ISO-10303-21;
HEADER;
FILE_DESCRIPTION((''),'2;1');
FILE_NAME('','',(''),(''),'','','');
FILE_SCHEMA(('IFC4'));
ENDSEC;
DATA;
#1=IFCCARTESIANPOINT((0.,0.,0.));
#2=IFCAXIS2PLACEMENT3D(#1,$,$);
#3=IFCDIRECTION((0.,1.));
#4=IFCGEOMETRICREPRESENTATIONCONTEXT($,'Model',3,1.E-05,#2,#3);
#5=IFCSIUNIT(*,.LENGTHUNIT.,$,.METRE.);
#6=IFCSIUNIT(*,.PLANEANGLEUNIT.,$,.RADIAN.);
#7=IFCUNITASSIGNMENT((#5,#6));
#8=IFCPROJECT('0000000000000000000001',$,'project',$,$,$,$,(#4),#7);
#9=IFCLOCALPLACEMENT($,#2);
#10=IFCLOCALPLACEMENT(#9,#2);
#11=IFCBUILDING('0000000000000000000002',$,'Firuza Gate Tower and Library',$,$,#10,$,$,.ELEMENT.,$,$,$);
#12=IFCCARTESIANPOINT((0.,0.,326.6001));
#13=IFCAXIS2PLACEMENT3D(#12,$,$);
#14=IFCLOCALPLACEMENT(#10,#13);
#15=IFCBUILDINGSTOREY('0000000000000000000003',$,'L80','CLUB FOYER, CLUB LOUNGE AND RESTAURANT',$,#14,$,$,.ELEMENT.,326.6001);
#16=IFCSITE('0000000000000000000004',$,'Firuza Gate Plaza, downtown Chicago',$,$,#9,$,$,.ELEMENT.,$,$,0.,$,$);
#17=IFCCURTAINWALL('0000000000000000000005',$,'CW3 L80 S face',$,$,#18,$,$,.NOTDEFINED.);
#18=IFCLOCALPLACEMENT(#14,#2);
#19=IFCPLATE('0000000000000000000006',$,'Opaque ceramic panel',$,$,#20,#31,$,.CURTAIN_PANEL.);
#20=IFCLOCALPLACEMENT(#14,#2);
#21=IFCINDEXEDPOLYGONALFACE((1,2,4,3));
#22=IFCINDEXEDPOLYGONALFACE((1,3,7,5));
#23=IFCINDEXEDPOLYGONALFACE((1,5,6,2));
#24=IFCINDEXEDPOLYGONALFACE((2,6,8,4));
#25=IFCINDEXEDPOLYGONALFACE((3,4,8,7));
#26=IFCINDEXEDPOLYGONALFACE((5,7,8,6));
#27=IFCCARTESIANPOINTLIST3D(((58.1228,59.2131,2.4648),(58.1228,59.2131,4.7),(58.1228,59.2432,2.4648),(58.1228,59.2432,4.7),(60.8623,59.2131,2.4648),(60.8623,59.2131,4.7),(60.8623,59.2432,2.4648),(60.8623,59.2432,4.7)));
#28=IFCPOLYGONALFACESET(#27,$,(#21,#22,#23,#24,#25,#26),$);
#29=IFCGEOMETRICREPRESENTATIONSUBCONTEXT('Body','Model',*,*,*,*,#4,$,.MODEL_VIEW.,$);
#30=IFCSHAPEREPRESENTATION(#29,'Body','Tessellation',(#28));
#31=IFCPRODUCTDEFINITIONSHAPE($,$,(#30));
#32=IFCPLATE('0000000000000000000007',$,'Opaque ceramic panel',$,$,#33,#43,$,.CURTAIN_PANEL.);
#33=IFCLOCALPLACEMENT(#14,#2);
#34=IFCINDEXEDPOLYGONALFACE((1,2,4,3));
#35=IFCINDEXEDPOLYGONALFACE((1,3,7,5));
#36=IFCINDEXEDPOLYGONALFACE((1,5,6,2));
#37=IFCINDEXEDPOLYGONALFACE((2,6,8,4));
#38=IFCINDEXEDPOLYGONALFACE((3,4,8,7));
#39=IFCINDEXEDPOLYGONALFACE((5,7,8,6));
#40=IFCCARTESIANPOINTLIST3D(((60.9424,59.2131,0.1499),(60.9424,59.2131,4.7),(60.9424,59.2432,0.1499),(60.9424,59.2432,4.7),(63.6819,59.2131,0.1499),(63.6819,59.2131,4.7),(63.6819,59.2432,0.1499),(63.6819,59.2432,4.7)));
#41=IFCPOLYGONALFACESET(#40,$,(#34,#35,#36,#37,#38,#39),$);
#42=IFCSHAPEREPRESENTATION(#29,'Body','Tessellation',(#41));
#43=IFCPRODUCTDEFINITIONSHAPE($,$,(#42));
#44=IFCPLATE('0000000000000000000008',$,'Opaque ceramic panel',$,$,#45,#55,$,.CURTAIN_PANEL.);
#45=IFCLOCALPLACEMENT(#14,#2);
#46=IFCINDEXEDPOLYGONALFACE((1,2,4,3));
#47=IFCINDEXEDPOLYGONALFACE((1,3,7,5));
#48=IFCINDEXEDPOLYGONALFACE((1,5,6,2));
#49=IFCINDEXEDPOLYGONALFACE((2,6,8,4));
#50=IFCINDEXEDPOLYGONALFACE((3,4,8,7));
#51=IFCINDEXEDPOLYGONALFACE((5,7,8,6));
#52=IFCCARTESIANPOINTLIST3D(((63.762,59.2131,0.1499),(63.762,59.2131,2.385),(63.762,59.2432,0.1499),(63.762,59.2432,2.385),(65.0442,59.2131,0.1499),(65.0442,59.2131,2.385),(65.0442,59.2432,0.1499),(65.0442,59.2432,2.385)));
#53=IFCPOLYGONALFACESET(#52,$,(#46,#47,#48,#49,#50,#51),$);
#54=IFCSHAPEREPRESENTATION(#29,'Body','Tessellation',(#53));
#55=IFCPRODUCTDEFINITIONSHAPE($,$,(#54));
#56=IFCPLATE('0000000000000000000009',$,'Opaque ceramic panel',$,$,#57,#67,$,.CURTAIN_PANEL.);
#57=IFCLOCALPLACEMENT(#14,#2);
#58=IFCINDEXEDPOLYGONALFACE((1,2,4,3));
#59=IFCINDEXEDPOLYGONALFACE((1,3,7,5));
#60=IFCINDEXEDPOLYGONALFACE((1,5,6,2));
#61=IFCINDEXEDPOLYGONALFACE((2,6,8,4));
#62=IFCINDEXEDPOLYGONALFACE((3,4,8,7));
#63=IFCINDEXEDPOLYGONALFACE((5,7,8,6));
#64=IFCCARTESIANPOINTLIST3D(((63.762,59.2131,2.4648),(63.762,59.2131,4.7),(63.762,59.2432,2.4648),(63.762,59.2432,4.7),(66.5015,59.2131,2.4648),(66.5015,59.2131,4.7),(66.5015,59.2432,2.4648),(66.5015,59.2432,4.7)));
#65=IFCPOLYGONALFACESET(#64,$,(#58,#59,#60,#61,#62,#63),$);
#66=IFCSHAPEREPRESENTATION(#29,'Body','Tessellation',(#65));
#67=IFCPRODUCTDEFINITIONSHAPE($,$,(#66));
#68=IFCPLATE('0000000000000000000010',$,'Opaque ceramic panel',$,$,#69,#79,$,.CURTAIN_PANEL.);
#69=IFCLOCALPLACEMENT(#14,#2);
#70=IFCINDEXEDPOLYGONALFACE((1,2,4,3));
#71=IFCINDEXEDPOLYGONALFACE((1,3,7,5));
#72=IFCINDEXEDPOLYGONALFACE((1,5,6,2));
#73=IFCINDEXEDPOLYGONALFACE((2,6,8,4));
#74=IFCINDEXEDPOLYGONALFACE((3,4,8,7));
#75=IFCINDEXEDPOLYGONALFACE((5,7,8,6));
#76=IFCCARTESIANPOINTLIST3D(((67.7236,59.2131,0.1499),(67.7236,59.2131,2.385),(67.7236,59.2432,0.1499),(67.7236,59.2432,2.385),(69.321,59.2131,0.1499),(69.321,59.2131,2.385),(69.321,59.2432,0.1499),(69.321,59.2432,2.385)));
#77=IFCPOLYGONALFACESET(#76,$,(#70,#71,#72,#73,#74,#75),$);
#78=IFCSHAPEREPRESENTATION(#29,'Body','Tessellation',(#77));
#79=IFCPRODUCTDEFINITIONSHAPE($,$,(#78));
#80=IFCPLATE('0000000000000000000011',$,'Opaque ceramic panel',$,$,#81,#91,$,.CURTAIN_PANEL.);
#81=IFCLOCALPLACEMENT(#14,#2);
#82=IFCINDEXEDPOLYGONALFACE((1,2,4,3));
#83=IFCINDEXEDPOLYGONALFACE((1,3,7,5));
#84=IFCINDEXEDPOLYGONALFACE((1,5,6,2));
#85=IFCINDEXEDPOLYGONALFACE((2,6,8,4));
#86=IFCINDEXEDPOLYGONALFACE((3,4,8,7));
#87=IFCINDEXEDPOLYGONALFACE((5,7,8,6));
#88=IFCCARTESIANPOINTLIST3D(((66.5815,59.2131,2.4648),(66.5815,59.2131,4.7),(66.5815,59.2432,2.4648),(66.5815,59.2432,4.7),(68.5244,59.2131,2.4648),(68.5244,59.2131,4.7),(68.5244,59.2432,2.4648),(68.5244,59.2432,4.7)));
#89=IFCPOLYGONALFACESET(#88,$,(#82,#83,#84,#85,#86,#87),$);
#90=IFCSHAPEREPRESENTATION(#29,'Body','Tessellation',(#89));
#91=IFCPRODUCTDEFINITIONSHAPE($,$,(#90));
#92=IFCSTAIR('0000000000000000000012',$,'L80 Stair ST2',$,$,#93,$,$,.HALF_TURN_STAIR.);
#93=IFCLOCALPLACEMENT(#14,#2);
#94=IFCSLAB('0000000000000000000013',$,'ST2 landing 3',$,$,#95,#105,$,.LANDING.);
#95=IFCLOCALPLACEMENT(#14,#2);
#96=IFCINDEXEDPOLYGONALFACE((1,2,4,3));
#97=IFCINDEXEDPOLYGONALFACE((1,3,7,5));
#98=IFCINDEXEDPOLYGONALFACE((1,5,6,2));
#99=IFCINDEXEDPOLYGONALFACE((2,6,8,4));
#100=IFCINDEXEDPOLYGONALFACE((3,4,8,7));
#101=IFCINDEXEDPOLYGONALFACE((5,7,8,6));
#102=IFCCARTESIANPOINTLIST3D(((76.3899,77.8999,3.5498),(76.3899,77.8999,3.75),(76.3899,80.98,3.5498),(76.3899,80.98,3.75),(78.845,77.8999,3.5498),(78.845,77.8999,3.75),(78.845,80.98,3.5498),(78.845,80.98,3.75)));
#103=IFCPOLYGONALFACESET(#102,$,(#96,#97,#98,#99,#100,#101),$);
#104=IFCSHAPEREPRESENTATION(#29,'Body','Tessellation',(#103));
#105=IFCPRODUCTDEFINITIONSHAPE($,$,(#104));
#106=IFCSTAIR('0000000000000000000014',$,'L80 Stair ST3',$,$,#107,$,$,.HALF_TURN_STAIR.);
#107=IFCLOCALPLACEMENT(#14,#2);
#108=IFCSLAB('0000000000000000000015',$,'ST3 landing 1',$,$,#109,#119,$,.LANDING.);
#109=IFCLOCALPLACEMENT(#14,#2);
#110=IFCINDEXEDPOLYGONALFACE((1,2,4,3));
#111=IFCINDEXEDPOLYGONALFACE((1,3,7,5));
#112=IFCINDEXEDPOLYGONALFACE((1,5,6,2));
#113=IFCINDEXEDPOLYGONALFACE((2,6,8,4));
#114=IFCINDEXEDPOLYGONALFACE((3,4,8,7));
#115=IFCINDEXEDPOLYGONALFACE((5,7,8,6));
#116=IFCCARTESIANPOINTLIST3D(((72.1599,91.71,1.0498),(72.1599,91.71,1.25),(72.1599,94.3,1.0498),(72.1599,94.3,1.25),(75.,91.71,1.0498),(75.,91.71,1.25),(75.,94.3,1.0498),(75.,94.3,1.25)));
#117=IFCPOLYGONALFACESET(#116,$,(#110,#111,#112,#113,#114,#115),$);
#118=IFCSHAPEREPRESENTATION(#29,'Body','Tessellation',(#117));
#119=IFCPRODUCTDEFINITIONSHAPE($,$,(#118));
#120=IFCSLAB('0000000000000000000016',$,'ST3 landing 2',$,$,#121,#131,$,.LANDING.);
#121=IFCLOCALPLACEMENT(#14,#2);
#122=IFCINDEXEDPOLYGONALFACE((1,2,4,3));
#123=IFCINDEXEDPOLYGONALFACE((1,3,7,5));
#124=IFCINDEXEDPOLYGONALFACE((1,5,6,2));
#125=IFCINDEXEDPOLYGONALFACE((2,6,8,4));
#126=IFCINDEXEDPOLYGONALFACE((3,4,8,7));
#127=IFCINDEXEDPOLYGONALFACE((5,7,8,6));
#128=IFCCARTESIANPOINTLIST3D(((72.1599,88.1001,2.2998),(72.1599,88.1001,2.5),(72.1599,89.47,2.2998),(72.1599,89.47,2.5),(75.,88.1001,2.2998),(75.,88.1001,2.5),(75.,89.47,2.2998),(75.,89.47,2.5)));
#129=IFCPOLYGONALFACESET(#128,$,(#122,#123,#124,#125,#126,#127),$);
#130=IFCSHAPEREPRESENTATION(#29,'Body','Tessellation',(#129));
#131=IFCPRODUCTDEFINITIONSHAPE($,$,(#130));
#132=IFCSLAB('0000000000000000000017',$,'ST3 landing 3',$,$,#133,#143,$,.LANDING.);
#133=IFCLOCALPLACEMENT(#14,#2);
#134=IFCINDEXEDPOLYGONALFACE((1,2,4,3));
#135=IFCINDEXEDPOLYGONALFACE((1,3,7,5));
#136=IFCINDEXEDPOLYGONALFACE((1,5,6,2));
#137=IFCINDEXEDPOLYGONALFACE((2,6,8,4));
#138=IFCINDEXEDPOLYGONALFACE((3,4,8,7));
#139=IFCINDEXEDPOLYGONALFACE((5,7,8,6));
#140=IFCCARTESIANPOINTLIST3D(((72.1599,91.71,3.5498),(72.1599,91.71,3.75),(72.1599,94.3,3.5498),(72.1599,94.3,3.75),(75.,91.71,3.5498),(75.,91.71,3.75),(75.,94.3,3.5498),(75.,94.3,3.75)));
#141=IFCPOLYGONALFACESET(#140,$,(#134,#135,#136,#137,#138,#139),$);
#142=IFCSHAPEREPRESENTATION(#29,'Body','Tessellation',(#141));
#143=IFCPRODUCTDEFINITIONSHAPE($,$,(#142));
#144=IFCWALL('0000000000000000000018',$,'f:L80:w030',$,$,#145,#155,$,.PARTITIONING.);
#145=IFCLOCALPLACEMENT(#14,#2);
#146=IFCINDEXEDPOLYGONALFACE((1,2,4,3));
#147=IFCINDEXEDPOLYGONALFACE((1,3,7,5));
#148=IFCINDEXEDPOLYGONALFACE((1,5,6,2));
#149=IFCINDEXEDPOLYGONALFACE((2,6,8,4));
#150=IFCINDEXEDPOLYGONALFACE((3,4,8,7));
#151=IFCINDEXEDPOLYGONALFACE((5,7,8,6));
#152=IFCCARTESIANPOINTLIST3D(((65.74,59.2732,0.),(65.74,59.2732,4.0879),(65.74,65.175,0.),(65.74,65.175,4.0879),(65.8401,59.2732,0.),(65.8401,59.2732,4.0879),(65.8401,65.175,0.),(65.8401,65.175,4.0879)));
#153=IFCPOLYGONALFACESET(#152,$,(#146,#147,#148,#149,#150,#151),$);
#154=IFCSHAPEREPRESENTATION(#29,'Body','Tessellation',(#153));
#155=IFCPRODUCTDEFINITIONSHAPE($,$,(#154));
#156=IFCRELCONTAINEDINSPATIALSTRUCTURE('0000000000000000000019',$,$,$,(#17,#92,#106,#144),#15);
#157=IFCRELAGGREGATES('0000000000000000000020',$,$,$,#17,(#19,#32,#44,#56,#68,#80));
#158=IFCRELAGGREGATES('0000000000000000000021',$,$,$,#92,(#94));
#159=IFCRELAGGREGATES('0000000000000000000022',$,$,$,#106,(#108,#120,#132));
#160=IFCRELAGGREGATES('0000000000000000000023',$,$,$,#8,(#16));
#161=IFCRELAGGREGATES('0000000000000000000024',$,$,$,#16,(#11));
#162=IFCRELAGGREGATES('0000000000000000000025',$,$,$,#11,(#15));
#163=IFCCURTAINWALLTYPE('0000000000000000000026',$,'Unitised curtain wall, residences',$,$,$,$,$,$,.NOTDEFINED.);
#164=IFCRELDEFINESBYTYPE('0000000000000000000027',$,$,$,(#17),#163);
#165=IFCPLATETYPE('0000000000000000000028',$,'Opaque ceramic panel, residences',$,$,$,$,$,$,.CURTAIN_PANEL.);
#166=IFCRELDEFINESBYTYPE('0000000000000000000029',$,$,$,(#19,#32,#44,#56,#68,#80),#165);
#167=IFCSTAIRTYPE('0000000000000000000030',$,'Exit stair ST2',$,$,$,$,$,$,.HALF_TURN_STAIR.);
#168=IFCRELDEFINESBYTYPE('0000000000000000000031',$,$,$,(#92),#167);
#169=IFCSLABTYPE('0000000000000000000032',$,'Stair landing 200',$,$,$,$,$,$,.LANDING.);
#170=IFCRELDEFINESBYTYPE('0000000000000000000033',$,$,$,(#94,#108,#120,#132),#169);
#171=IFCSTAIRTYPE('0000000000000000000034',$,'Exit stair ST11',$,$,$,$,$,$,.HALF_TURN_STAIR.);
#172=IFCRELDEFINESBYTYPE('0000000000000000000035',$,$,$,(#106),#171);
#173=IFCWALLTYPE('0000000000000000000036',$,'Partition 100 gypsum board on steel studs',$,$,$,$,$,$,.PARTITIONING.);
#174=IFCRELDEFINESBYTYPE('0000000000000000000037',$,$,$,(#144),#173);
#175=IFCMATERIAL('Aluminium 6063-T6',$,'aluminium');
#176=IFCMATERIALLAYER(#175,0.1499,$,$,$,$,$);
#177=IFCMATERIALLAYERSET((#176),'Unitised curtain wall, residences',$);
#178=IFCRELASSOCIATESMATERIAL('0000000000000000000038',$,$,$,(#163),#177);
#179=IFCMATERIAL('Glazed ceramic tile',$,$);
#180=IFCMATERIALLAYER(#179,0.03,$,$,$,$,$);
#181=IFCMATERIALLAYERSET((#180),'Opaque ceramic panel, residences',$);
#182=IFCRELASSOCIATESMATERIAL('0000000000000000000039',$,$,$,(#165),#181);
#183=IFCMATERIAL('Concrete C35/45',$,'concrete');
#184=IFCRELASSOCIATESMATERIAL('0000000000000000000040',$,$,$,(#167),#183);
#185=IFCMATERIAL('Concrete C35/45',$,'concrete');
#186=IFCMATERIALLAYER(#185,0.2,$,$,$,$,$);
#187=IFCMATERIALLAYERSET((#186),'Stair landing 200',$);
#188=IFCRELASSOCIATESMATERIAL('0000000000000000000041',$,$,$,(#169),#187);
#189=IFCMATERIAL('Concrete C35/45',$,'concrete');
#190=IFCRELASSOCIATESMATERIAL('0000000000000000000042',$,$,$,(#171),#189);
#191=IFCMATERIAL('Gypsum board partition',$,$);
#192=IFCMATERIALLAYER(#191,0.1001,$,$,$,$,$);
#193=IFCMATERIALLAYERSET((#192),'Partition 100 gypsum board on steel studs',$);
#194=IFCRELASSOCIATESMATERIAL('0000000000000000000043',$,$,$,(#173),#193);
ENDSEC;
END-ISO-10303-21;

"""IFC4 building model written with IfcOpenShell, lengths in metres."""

from ifc_helpers import new_model, si_unit, direction, frame, frame_2d, origin, place, context, subcontext, project, spatial, polyline, rectangle, outline, extrude, material, layer, layer_set, type_object, element, aggregate, save


model = new_model("IFC4")

# Units and contexts
model_context = context("Model", 3, precision=1e-05, world=origin(), true_north=direction((0.0, 1.0)))
body_context = subcontext(model_context, "Body", "Model", "MODEL_VIEW")
ifc_project = project(units=[si_unit("LENGTHUNIT", "METRE"), si_unit("PLANEANGLEUNIT", "RADIAN")], contexts=[model_context])

# Site, building, storey
site_placement = place(None, origin())
site = spatial("IfcSite", under=ifc_project, at=site_placement, Name="Firuza Gate Plaza, downtown Chicago", CompositionType="ELEMENT", RefElevation=0.0)
building_placement = place(site_placement, origin())
building = spatial("IfcBuilding", under=site, at=building_placement, Name="Firuza Gate Tower and Library", CompositionType="ELEMENT")
storey_placement = place(building_placement, frame((0.0, 0.0, 326.6001)))
storey = spatial("IfcBuildingStorey", under=building, at=storey_placement, Name="L80", Description="CLUB FOYER, CLUB LOUNGE AND RESTAURANT", CompositionType="ELEMENT", Elevation=326.6001)

# Curtain wall, plates
ifc_material_1 = material(Name="Aluminium 6063-T6", Category="aluminium")
ifc_layer_1 = layer(ifc_material_1, 0.1499)
ifc_layer_set_1 = layer_set([ifc_layer_1], Name="Unitised curtain wall, residences")
curtain_wall_type = type_object("IfcCurtainWallType", Name="Unitised curtain wall, residences", PredefinedType="NOTDEFINED", material=ifc_layer_set_1)
placement_1 = place(storey_placement, origin())
curtain_wall = element("IfcCurtainWall", 1, at=placement_1, inside=storey, type_object=curtain_wall_type, Name="CW3 L80 S face", PredefinedType="NOTDEFINED")
ifc_material_2 = material(Name="Glazed ceramic tile")
ifc_layer_2 = layer(ifc_material_2, 0.03)
ifc_layer_set_2 = layer_set([ifc_layer_2], Name="Opaque ceramic panel, residences")
plate_type_1 = type_object("IfcPlateType", Name="Opaque ceramic panel, residences", PredefinedType="CURTAIN_PANEL", material=ifc_layer_set_2)
plate_1_placement = place(storey_placement, frame((58.1228, 59.2131, 2.4648), z_axis=(0.0, -1.0, 0.0), x_axis=(1.0, 0.0, 0.0)))
plate_1 = element("IfcPlate", 2, at=plate_1_placement, type_object=plate_type_1, Name="Opaque ceramic panel", PredefinedType="CURTAIN_PANEL", context=body_context, shape_type="SweptSolid", body=[
    extrude(outline(polyline([(0.0, 0.0), (2.7395, 0.0), (2.7395, 2.2351), (0.0, 2.2351), (0.0, 0.0)])), origin(), (0.0, 0.0, -1.0), 0.03),
])
plate_2_placement = place(storey_placement, frame((60.9424, 59.2131, 0.1499), z_axis=(0.0, -1.0, 0.0), x_axis=(1.0, 0.0, 0.0)))
plate_2 = element("IfcPlate", 3, at=plate_2_placement, type_object=plate_type_1, Name="Opaque ceramic panel", PredefinedType="CURTAIN_PANEL", context=body_context, shape_type="SweptSolid", body=[
    extrude(outline(polyline([(0.0, 0.0), (2.7395, 0.0), (2.7395, 4.55), (0.0, 4.55), (0.0, 0.0)])), origin(), (0.0, 0.0, -1.0), 0.03),
])
plate_3_placement = place(storey_placement, frame((63.762, 59.2131, 0.1499), z_axis=(0.0, -1.0, 0.0), x_axis=(1.0, 0.0, 0.0)))
plate_3 = element("IfcPlate", 4, at=plate_3_placement, type_object=plate_type_1, Name="Opaque ceramic panel", PredefinedType="CURTAIN_PANEL", context=body_context, shape_type="SweptSolid", body=[
    extrude(outline(polyline([(0.0, 0.0), (1.2822, 0.0), (1.2822, 2.2351), (0.0, 2.2351), (0.0, 0.0)])), origin(), (0.0, 0.0, -1.0), 0.03),
])
plate_4_placement = place(storey_placement, frame((63.762, 59.2131, 2.4648), z_axis=(0.0, -1.0, 0.0), x_axis=(1.0, 0.0, 0.0)))
plate_4 = element("IfcPlate", 5, at=plate_4_placement, type_object=plate_type_1, Name="Opaque ceramic panel", PredefinedType="CURTAIN_PANEL", context=body_context, shape_type="SweptSolid", body=[
    extrude(outline(polyline([(0.0, 0.0), (2.7395, 0.0), (2.7395, 2.2351), (0.0, 2.2351), (0.0, 0.0)])), origin(), (0.0, 0.0, -1.0), 0.03),
])
plate_5_placement = place(storey_placement, frame((67.7236, 59.2131, 0.1499), z_axis=(0.0, -1.0, 0.0), x_axis=(1.0, 0.0, 0.0)))
plate_5 = element("IfcPlate", 6, at=plate_5_placement, type_object=plate_type_1, Name="Opaque ceramic panel", PredefinedType="CURTAIN_PANEL", context=body_context, shape_type="SweptSolid", body=[
    extrude(outline(polyline([(0.0, 0.0), (1.5974, 0.0), (1.5974, 2.2351), (0.0, 2.2351), (0.0, 0.0)])), origin(), (0.0, 0.0, -1.0), 0.03),
])
plate_6_placement = place(storey_placement, frame((66.5815, 59.2131, 2.4648), z_axis=(0.0, -1.0, 0.0), x_axis=(1.0, 0.0, 0.0)))
plate_6 = element("IfcPlate", 7, at=plate_6_placement, type_object=plate_type_1, Name="Opaque ceramic panel", PredefinedType="CURTAIN_PANEL", context=body_context, shape_type="SweptSolid", body=[
    extrude(outline(polyline([(0.0, 0.0), (1.9429, 0.0), (1.9429, 2.2351), (0.0, 2.2351), (0.0, 0.0)])), origin(), (0.0, 0.0, -1.0), 0.03),
])
aggregate(curtain_wall, [plate_1, plate_2, plate_3, plate_4, plate_5, plate_6])

# Stair, slab
ifc_material_3 = material(Name="Concrete C35/45", Category="concrete")
stair_type_1 = type_object("IfcStairType", Name="Exit stair ST2", PredefinedType="HALF_TURN_STAIR", material=ifc_material_3)
stair_1 = element("IfcStair", 8, at=placement_1, inside=storey, type_object=stair_type_1, Name="L80 Stair ST2", PredefinedType="HALF_TURN_STAIR")
ifc_material_4 = material(Name="Concrete C35/45", Category="concrete")
ifc_layer_3 = layer(ifc_material_4, 0.2)
ifc_layer_set_3 = layer_set([ifc_layer_3], Name="Stair landing 200")
slab_type = type_object("IfcSlabType", Name="Stair landing 200", PredefinedType="LANDING", material=ifc_layer_set_3)
placement_2 = place(storey_placement, frame((0.0, 0.0, 3.5498)))
slab_1 = element("IfcSlab", 9, at=placement_2, type_object=slab_type, Name="ST2 landing 3", PredefinedType="LANDING", context=body_context, shape_type="SweptSolid", body=[
    extrude(outline(polyline([(78.845, 80.98), (76.3899, 80.98), (76.3899, 77.8999), (78.845, 77.8999), (78.845, 80.98)])), origin(), (0.0, 0.0, 1.0), 0.2002),
])
aggregate(stair_1, [slab_1])

# Stair, slabs
ifc_material_5 = material(Name="Concrete C35/45", Category="concrete")
stair_type_2 = type_object("IfcStairType", Name="Exit stair ST11", PredefinedType="HALF_TURN_STAIR", material=ifc_material_5)
stair_2 = element("IfcStair", 10, at=placement_1, inside=storey, type_object=stair_type_2, Name="L80 Stair ST3", PredefinedType="HALF_TURN_STAIR")
slab_2_placement = place(storey_placement, frame((0.0, 0.0, 1.0498)))
slab_2 = element("IfcSlab", 11, at=slab_2_placement, type_object=slab_type, Name="ST3 landing 1", PredefinedType="LANDING", context=body_context, shape_type="SweptSolid", body=[
    extrude(outline(polyline([(75.0, 91.71), (75.0, 94.3), (72.1599, 94.3), (72.1599, 91.71), (75.0, 91.71)])), origin(), (0.0, 0.0, 1.0), 0.2002),
])
slab_3_placement = place(storey_placement, frame((0.0, 0.0, 2.2998)))
slab_3 = element("IfcSlab", 12, at=slab_3_placement, type_object=slab_type, Name="ST3 landing 2", PredefinedType="LANDING", context=body_context, shape_type="SweptSolid", body=[
    extrude(outline(polyline([(75.0, 88.1001), (75.0, 89.47), (72.1599, 89.47), (72.1599, 88.1001), (75.0, 88.1001)])), origin(), (0.0, 0.0, 1.0), 0.2002),
])
slab_4 = element("IfcSlab", 13, at=placement_2, type_object=slab_type, Name="ST3 landing 3", PredefinedType="LANDING", context=body_context, shape_type="SweptSolid", body=[
    extrude(outline(polyline([(75.0, 91.71), (75.0, 94.3), (72.1599, 94.3), (72.1599, 91.71), (75.0, 91.71)])), origin(), (0.0, 0.0, 1.0), 0.2002),
])
aggregate(stair_2, [slab_2, slab_3, slab_4])

# Wall
ifc_material_6 = material(Name="Gypsum board partition")
ifc_layer_4 = layer(ifc_material_6, 0.1001)
ifc_layer_set_4 = layer_set([ifc_layer_4], Name="Partition 100 gypsum board on steel studs")
wall_type = type_object("IfcWallType", Name="Partition 100 gypsum board on steel studs", PredefinedType="PARTITIONING", material=ifc_layer_set_4)
wall_placement = place(storey_placement, frame((65.79, 59.2732, 0.0), z_axis=(0.0, 0.0, 1.0), x_axis=(0.0, 1.0, 0.0)))
element("IfcWall", 14, at=wall_placement, inside=storey, type_object=wall_type, Name="f:L80:w030", PredefinedType="PARTITIONING", context=body_context, shape_type="SweptSolid", body=[
    extrude(rectangle(XDim=5.9019, YDim=0.1001, at=frame_2d((2.9509, 0.0))), origin(), (0.0, 0.0, 1.0), 4.0879),
])

save(model, "model.ifc")
